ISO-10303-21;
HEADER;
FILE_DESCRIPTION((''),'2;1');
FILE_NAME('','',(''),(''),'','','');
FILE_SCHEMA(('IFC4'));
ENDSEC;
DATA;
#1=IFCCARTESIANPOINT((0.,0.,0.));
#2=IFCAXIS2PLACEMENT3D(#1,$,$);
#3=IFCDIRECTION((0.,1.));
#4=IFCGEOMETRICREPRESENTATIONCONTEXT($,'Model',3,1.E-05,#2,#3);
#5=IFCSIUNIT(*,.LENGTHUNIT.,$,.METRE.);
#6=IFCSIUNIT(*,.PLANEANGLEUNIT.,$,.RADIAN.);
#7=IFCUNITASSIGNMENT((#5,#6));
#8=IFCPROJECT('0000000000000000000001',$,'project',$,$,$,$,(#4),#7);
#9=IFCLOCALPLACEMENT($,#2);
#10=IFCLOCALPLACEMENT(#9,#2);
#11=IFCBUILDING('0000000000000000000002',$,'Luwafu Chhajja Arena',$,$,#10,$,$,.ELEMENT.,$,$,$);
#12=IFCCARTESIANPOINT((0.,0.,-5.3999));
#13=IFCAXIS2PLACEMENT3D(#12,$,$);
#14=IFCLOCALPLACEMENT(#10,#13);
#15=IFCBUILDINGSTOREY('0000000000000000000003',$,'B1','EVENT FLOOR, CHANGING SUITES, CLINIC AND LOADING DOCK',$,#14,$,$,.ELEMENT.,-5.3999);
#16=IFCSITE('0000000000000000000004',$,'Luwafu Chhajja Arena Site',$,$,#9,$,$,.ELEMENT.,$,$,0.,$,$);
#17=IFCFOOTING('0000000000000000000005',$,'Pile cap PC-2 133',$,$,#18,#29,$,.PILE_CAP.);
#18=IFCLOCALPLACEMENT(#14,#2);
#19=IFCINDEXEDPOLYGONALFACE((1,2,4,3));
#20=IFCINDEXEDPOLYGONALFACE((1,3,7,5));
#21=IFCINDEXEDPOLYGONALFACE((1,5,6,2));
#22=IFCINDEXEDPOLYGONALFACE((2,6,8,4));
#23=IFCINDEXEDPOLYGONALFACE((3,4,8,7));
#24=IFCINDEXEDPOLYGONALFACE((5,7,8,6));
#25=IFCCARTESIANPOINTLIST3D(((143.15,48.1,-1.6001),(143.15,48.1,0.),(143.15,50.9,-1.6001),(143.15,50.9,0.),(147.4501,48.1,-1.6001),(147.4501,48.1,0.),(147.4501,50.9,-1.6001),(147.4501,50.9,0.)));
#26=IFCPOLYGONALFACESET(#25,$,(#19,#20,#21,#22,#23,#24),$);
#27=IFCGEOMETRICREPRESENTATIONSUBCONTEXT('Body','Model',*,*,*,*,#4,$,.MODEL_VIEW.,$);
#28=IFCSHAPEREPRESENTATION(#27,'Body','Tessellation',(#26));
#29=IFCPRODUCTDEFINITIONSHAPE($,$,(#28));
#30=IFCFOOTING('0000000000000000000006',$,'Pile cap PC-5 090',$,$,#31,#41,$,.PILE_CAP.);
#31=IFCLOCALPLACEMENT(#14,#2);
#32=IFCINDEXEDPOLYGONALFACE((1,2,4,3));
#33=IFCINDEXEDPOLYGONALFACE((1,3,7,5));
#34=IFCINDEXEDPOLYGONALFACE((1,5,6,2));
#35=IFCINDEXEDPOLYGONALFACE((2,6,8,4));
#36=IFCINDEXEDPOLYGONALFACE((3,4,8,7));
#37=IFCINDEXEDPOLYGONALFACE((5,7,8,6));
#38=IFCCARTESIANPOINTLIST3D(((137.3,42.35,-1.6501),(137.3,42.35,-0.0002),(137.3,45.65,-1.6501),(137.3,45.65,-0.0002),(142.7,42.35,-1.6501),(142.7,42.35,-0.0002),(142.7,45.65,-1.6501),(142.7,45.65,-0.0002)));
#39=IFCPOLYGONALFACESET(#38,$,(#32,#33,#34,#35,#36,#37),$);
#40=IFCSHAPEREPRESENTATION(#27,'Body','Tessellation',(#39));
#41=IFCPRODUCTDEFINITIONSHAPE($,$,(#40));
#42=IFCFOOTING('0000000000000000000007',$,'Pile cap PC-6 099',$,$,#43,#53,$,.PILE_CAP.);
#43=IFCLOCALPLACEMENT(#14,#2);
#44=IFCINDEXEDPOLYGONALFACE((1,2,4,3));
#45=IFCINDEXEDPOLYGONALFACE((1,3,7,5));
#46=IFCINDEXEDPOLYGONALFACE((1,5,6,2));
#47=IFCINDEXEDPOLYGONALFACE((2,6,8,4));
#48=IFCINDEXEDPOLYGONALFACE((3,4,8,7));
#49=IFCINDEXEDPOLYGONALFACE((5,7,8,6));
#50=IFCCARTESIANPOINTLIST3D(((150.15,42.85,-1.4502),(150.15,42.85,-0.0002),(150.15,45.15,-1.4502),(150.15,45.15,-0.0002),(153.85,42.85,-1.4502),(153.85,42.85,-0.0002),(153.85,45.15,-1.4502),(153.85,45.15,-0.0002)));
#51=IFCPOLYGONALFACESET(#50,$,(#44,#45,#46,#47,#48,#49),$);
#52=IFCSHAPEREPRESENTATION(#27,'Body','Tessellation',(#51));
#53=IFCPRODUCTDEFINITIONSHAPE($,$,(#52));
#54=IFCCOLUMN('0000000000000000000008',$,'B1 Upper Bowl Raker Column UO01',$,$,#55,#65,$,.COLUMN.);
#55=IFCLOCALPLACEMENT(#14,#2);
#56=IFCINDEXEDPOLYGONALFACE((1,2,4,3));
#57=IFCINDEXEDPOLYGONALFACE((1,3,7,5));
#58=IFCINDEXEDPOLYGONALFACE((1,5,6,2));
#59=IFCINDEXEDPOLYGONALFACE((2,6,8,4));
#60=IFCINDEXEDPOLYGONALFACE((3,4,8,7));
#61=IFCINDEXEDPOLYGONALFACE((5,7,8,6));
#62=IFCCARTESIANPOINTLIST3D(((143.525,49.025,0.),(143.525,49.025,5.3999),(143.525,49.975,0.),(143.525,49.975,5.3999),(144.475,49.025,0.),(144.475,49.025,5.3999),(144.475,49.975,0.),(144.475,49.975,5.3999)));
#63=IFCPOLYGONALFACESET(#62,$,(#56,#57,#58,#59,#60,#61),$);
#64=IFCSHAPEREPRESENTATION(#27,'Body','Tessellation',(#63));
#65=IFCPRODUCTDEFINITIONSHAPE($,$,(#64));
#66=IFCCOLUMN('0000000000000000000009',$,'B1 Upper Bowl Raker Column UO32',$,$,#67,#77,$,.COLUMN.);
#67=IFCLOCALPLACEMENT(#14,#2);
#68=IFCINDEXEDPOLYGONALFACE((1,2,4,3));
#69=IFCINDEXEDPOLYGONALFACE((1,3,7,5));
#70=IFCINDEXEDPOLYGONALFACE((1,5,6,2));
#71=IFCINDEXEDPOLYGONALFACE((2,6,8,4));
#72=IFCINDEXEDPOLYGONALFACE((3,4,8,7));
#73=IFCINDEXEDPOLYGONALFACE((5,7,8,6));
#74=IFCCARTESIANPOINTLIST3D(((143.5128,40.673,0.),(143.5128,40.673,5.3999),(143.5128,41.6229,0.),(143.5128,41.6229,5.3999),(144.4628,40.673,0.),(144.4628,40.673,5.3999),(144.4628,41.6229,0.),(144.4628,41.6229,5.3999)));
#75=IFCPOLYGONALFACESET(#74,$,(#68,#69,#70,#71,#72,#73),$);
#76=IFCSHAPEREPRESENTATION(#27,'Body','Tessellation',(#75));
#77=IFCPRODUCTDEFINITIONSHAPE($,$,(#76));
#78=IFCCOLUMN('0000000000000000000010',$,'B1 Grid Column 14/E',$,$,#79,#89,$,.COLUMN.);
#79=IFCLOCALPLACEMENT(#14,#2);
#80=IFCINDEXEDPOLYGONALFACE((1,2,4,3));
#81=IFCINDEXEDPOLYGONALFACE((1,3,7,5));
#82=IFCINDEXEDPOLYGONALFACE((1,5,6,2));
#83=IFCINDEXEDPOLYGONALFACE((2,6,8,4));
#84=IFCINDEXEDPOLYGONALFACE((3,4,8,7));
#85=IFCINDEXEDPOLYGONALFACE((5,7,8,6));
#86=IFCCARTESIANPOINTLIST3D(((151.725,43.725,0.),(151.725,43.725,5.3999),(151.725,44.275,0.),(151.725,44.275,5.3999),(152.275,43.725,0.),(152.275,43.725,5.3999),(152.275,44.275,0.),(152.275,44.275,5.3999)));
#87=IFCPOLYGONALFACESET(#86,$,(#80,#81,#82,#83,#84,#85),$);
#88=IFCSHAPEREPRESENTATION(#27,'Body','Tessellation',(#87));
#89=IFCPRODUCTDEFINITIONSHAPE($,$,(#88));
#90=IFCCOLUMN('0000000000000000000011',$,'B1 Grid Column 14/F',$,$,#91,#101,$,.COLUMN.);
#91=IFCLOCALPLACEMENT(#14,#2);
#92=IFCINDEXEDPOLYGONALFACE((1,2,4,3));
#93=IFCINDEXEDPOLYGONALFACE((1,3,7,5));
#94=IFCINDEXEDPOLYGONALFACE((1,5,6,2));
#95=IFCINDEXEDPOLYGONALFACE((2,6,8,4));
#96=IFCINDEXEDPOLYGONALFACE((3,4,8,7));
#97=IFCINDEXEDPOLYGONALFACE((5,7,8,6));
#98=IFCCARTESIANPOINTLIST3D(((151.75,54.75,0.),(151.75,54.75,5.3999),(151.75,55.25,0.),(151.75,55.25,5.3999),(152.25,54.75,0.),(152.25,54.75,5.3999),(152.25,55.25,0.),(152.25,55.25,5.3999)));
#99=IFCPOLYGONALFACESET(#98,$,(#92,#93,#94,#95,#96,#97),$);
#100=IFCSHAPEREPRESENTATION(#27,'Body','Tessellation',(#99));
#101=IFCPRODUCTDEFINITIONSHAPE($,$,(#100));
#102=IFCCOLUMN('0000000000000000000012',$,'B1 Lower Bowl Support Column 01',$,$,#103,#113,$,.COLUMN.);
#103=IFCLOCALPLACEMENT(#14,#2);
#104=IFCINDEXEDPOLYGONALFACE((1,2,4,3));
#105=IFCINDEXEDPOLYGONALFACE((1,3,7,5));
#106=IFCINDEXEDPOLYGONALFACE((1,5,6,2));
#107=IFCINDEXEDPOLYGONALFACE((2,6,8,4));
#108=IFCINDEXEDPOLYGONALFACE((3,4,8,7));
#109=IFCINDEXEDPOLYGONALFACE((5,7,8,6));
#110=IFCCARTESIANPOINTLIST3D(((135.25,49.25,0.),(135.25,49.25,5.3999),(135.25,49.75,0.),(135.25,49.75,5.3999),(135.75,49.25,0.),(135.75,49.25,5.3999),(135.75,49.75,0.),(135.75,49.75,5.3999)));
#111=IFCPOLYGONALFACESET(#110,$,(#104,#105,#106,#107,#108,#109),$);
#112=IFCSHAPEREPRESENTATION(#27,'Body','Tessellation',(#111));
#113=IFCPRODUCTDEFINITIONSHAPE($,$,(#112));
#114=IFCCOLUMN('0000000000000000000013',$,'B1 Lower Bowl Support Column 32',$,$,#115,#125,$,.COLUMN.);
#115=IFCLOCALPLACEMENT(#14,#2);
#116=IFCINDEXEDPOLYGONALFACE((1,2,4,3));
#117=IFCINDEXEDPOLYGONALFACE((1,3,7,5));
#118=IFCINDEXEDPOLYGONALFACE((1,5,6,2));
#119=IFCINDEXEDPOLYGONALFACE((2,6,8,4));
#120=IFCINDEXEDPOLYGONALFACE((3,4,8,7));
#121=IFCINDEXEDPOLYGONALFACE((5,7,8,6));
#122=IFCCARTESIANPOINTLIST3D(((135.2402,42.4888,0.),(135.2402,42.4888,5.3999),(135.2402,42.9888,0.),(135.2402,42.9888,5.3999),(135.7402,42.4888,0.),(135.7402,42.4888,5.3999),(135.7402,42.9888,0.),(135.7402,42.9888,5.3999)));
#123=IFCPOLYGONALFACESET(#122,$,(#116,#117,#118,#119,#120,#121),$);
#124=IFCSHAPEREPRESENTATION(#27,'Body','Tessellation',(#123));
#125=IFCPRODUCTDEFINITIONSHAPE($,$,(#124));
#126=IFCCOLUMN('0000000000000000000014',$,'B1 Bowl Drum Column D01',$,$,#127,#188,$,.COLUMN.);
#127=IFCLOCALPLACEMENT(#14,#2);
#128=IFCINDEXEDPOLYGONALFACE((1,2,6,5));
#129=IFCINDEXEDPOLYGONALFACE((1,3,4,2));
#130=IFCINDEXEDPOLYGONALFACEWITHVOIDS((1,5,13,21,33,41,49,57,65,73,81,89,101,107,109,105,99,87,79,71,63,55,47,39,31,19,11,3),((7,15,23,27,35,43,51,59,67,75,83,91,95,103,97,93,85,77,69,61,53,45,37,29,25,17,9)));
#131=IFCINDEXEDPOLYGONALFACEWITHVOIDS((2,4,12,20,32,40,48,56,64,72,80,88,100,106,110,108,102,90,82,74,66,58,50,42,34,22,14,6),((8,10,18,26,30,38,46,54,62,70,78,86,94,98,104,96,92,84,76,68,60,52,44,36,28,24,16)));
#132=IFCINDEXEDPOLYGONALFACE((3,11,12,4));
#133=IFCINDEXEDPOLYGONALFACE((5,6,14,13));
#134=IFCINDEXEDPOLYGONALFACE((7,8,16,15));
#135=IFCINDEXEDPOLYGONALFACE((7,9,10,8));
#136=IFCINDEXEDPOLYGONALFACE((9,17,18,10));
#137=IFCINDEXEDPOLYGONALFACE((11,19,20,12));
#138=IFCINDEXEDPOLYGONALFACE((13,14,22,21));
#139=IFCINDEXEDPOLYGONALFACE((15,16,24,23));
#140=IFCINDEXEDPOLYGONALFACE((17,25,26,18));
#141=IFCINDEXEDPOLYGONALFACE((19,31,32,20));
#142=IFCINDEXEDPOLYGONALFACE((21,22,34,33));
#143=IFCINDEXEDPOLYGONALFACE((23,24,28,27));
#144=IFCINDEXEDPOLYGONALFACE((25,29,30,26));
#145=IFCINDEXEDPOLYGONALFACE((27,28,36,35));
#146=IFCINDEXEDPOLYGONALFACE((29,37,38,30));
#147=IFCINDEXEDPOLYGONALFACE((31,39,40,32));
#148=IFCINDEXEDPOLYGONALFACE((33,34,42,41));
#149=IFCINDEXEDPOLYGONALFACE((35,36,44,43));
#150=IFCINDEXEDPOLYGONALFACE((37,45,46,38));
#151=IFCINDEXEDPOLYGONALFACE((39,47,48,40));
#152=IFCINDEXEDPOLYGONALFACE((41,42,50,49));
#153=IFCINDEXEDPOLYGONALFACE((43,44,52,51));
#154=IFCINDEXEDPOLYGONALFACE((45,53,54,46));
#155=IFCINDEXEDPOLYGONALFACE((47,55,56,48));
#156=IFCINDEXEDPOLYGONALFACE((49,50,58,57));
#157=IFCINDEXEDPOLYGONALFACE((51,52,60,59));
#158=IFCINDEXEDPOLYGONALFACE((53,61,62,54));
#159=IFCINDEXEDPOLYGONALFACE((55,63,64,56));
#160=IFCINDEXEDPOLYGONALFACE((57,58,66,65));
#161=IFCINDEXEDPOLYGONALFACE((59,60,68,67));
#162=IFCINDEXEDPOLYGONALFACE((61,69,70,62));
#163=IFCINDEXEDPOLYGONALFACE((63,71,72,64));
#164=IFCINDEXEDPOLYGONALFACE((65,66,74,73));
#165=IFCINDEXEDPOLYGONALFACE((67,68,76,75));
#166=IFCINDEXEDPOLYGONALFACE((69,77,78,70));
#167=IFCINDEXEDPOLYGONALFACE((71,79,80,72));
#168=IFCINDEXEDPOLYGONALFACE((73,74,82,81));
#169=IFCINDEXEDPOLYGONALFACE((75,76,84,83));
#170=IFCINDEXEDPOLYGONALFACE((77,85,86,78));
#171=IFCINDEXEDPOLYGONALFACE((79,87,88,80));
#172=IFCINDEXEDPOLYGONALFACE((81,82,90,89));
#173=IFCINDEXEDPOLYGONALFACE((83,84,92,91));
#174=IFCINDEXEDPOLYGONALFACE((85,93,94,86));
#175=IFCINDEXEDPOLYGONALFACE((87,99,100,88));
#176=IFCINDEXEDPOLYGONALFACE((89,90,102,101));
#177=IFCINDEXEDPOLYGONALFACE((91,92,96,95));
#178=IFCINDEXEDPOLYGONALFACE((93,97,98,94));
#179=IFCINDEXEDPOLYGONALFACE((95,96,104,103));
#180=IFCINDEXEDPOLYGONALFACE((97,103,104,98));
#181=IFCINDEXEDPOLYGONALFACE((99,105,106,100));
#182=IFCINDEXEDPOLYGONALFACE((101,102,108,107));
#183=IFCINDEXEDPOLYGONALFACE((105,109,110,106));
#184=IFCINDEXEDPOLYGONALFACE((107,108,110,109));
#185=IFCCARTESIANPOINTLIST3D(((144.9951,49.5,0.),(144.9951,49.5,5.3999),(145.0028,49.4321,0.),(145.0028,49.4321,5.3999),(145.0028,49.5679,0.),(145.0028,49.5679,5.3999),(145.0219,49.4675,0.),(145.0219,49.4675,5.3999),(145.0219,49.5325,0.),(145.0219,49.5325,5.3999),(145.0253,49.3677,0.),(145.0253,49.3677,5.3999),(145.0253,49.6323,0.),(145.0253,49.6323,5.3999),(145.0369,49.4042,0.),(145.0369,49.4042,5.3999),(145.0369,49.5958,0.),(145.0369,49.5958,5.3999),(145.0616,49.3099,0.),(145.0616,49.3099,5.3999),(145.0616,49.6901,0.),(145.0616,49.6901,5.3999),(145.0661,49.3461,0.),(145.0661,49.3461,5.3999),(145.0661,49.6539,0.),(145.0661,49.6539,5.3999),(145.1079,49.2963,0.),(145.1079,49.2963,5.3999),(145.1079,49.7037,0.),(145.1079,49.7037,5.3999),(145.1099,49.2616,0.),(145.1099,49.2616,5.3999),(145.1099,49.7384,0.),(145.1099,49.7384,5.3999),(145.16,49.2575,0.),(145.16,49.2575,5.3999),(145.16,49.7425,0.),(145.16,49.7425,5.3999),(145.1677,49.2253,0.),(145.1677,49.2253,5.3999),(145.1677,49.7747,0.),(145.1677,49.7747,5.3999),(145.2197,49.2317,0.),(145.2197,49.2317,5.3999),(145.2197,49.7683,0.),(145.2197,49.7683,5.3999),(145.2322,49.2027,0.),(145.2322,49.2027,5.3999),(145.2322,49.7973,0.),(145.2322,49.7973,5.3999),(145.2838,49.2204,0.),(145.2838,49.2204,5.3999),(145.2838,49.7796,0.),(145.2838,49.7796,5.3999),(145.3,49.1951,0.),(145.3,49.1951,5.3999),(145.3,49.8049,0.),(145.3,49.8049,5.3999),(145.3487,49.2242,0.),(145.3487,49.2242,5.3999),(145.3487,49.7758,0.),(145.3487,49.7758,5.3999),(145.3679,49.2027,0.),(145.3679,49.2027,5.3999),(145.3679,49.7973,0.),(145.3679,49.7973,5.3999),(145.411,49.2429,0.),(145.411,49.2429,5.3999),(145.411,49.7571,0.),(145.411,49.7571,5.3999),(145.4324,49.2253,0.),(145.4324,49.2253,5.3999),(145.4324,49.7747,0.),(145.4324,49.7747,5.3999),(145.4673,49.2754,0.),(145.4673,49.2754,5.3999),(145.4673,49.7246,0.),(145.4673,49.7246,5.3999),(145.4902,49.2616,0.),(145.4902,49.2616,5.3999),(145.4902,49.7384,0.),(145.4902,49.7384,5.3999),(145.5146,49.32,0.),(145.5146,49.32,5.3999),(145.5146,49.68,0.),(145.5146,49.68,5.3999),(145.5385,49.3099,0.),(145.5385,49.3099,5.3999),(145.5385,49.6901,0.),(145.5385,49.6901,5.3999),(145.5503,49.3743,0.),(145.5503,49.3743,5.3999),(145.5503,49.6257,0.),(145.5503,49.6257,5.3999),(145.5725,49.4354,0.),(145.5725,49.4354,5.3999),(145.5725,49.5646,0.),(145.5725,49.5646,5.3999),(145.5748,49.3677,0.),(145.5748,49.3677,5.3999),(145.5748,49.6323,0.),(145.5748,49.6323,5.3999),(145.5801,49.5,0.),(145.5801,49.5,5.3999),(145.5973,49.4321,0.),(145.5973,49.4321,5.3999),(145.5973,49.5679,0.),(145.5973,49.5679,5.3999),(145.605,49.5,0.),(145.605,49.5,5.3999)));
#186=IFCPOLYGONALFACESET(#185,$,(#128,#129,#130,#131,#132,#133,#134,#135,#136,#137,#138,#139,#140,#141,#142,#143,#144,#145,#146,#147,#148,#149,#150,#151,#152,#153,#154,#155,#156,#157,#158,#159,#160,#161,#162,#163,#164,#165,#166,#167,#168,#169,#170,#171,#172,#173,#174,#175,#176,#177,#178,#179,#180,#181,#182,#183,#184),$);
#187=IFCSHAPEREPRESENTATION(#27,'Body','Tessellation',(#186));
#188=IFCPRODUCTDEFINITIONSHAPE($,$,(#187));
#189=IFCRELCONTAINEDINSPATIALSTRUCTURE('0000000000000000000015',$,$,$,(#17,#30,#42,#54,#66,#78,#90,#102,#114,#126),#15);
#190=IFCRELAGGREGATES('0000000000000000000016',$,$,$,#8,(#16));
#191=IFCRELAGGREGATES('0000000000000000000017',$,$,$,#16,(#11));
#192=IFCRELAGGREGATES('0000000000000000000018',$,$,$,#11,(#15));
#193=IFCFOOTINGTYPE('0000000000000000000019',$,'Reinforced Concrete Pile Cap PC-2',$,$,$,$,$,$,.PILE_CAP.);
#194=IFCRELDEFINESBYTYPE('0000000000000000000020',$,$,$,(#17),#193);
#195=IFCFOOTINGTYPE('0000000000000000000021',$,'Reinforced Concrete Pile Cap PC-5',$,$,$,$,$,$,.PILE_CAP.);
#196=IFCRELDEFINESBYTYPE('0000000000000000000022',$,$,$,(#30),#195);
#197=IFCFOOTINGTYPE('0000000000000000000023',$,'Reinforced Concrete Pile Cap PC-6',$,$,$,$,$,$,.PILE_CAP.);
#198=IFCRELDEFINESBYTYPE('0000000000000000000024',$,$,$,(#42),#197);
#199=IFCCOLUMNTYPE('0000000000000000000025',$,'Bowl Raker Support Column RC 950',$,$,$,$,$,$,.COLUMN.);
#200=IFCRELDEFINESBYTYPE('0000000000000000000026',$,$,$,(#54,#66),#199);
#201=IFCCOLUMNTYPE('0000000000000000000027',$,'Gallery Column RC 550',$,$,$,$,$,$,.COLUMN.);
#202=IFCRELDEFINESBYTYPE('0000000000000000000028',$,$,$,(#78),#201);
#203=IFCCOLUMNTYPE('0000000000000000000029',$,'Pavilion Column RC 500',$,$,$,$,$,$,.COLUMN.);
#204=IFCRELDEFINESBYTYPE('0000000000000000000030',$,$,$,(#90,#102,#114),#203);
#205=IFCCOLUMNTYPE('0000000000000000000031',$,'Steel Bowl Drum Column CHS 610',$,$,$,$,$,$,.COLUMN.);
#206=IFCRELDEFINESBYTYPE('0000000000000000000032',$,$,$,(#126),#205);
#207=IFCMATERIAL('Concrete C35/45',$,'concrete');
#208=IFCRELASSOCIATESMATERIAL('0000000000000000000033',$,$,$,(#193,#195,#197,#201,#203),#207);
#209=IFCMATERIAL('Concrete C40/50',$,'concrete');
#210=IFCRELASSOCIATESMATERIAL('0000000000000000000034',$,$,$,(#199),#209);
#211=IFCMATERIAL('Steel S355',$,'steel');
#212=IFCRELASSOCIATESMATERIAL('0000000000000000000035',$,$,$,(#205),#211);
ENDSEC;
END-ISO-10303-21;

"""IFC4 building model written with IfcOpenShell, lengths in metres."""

from ifc_helpers import new_model, si_unit, direction, frame, origin, origin_2d, place, context, subcontext, project, spatial, rectangle, hollow_circle, extrude, material, material_profile, profile_set, type_object, element, save


model = new_model("IFC4")

# Units and contexts
model_context = context("Model", 3, precision=1e-05, world=origin(), true_north=direction((0.0, 1.0)))
body_context = subcontext(model_context, "Body", "Model", "MODEL_VIEW")
ifc_project = project(units=[si_unit("LENGTHUNIT", "METRE"), si_unit("PLANEANGLEUNIT", "RADIAN")], contexts=[model_context])

# Site, building, storey
site_placement = place(None, origin())
site = spatial("IfcSite", under=ifc_project, at=site_placement, Name="Luwafu Chhajja Arena Site", CompositionType="ELEMENT", RefElevation=0.0)
building_placement = place(site_placement, origin())
building = spatial("IfcBuilding", under=site, at=building_placement, Name="Luwafu Chhajja Arena", CompositionType="ELEMENT")
storey_placement = place(building_placement, frame((0.0, 0.0, -5.3999)))
storey = spatial("IfcBuildingStorey", under=building, at=storey_placement, Name="B1", Description="EVENT FLOOR, CHANGING SUITES, CLINIC AND LOADING DOCK", CompositionType="ELEMENT", Elevation=-5.3999)

# Shared definitions
ifc_material_1 = material(Name="Concrete C35/45", Category="concrete")

# Footings
footing_type_1 = type_object("IfcFootingType", Name="Reinforced Concrete Pile Cap PC-2", PredefinedType="PILE_CAP", material=ifc_material_1)
footing_1_placement = place(storey_placement, frame((145.3, 49.5, -1.6001), z_axis=(0.0, 0.0, 1.0), x_axis=(1.0, 0.0, 0.0)))
element("IfcFooting", 1, at=footing_1_placement, inside=storey, type_object=footing_type_1, Name="Pile cap PC-2 133", PredefinedType="PILE_CAP", context=body_context, shape_type="SweptSolid", body=[
    extrude(rectangle(XDim=4.3, YDim=2.8, at=origin_2d()), origin(), (0.0, 0.0, 1.0), 1.6001),
])
footing_type_2 = type_object("IfcFootingType", Name="Reinforced Concrete Pile Cap PC-5", PredefinedType="PILE_CAP", material=ifc_material_1)
footing_2_placement = place(storey_placement, frame((140.0, 44.0, -1.6501), z_axis=(0.0, 0.0, 1.0), x_axis=(1.0, 0.0, 0.0)))
element("IfcFooting", 2, at=footing_2_placement, inside=storey, type_object=footing_type_2, Name="Pile cap PC-5 090", PredefinedType="PILE_CAP", context=body_context, shape_type="SweptSolid", body=[
    extrude(rectangle(XDim=5.3999, YDim=3.3, at=origin_2d()), origin(), (0.0, 0.0, 1.0), 1.6499),
])
footing_type_3 = type_object("IfcFootingType", Name="Reinforced Concrete Pile Cap PC-6", PredefinedType="PILE_CAP", material=ifc_material_1)
footing_3_placement = place(storey_placement, frame((152.0, 44.0, -1.4502), z_axis=(0.0, 0.0, 1.0), x_axis=(1.0, 0.0, 0.0)))
element("IfcFooting", 3, at=footing_3_placement, inside=storey, type_object=footing_type_3, Name="Pile cap PC-6 099", PredefinedType="PILE_CAP", context=body_context, shape_type="SweptSolid", body=[
    extrude(rectangle(XDim=3.7, YDim=2.3, at=origin_2d()), origin(), (0.0, 0.0, 1.0), 1.45),
])

# Columns
ifc_material_2 = material(Name="Concrete C40/50", Category="concrete")
ifc_material_profile_1 = material_profile(ifc_material_2, rectangle(XDim=0.95, YDim=0.95, at=origin_2d()), Name="RC 950x950")
ifc_profile_set_1 = profile_set([ifc_material_profile_1], Name="Concrete C40/50")
column_type_1 = type_object("IfcColumnType", Name="Bowl Raker Support Column RC 950", PredefinedType="COLUMN", material=ifc_profile_set_1)
for number, where, z_axis, x_axis, name in (
    (4, (144.0, 49.5, 0.0), (0.0, 0.0, 1.0), (1.0, 0.0, 0.0), "B1 Upper Bowl Raker Column UO01"),
    (5, (143.9878, 41.1479, 0.0), (0.0, 0.0, 1.0), (1.0, 0.0, 0.0), "B1 Upper Bowl Raker Column UO32"),
):
    element("IfcColumn", number, at=place(storey_placement, frame(where, z_axis=z_axis, x_axis=x_axis)), inside=storey, type_object=column_type_1, Name=name, PredefinedType="COLUMN", context=body_context, shape_type="SweptSolid", body=[
        extrude(rectangle(XDim=0.95, YDim=0.95, at=origin_2d()), origin(), (0.0, 0.0, 1.0), 5.3999),
    ])
ifc_material_profile_2 = material_profile(ifc_material_1, rectangle(XDim=0.55, YDim=0.55, at=origin_2d()), Name="RC 550x550")
ifc_profile_set_2 = profile_set([ifc_material_profile_2], Name="Concrete C35/45")
column_type_2 = type_object("IfcColumnType", Name="Gallery Column RC 550", PredefinedType="COLUMN", material=ifc_profile_set_2)
column_1_placement = place(storey_placement, frame((152.0, 44.0, 0.0), z_axis=(0.0, 0.0, 1.0), x_axis=(1.0, 0.0, 0.0)))
element("IfcColumn", 6, at=column_1_placement, inside=storey, type_object=column_type_2, Name="B1 Grid Column 14/E", PredefinedType="COLUMN", context=body_context, shape_type="SweptSolid", body=[
    extrude(rectangle(XDim=0.55, YDim=0.55, at=origin_2d()), origin(), (0.0, 0.0, 1.0), 5.3999),
])
ifc_material_profile_3 = material_profile(ifc_material_1, rectangle(XDim=0.5, YDim=0.5, at=origin_2d()), Name="RC 500x500")
ifc_profile_set_3 = profile_set([ifc_material_profile_3], Name="Concrete C35/45")
column_type_3 = type_object("IfcColumnType", Name="Pavilion Column RC 500", PredefinedType="COLUMN", material=ifc_profile_set_3)
for number, where, z_axis, x_axis, name in (
    (7, (152.0, 55.0, 0.0), (0.0, 0.0, 1.0), (1.0, 0.0, 0.0), "B1 Grid Column 14/F"),
    (8, (135.5, 49.5, 0.0), (0.0, 0.0, 1.0), (1.0, 0.0, 0.0), "B1 Lower Bowl Support Column 01"),
    (9, (135.4902, 42.7388, 0.0), (0.0, 0.0, 1.0), (1.0, 0.0, 0.0), "B1 Lower Bowl Support Column 32"),
):
    element("IfcColumn", number, at=place(storey_placement, frame(where, z_axis=z_axis, x_axis=x_axis)), inside=storey, type_object=column_type_3, Name=name, PredefinedType="COLUMN", context=body_context, shape_type="SweptSolid", body=[
        extrude(rectangle(XDim=0.5, YDim=0.5, at=origin_2d()), origin(), (0.0, 0.0, 1.0), 5.3999),
    ])
ifc_material_3 = material(Name="Steel S355", Category="steel")
ifc_material_profile_4 = material_profile(ifc_material_3, hollow_circle(Radius=0.3049, WallThickness=0.0249, at=origin_2d()), Name="CHS 610x25")
ifc_profile_set_4 = profile_set([ifc_material_profile_4], Name="Steel S355")
column_type_4 = type_object("IfcColumnType", Name="Steel Bowl Drum Column CHS 610", PredefinedType="COLUMN", material=ifc_profile_set_4)
column_2_placement = place(storey_placement, frame((145.3, 49.5, 0.0), z_axis=(0.0, 0.0, 1.0), x_axis=(1.0, 0.0, 0.0)))
element("IfcColumn", 10, at=column_2_placement, inside=storey, type_object=column_type_4, Name="B1 Bowl Drum Column D01", PredefinedType="COLUMN", context=body_context, shape_type="SweptSolid", body=[
    extrude(hollow_circle(Radius=0.3049, WallThickness=0.0249, at=origin_2d()), origin(), (0.0, 0.0, 1.0), 5.3999),
])

save(model, "model.ifc")
